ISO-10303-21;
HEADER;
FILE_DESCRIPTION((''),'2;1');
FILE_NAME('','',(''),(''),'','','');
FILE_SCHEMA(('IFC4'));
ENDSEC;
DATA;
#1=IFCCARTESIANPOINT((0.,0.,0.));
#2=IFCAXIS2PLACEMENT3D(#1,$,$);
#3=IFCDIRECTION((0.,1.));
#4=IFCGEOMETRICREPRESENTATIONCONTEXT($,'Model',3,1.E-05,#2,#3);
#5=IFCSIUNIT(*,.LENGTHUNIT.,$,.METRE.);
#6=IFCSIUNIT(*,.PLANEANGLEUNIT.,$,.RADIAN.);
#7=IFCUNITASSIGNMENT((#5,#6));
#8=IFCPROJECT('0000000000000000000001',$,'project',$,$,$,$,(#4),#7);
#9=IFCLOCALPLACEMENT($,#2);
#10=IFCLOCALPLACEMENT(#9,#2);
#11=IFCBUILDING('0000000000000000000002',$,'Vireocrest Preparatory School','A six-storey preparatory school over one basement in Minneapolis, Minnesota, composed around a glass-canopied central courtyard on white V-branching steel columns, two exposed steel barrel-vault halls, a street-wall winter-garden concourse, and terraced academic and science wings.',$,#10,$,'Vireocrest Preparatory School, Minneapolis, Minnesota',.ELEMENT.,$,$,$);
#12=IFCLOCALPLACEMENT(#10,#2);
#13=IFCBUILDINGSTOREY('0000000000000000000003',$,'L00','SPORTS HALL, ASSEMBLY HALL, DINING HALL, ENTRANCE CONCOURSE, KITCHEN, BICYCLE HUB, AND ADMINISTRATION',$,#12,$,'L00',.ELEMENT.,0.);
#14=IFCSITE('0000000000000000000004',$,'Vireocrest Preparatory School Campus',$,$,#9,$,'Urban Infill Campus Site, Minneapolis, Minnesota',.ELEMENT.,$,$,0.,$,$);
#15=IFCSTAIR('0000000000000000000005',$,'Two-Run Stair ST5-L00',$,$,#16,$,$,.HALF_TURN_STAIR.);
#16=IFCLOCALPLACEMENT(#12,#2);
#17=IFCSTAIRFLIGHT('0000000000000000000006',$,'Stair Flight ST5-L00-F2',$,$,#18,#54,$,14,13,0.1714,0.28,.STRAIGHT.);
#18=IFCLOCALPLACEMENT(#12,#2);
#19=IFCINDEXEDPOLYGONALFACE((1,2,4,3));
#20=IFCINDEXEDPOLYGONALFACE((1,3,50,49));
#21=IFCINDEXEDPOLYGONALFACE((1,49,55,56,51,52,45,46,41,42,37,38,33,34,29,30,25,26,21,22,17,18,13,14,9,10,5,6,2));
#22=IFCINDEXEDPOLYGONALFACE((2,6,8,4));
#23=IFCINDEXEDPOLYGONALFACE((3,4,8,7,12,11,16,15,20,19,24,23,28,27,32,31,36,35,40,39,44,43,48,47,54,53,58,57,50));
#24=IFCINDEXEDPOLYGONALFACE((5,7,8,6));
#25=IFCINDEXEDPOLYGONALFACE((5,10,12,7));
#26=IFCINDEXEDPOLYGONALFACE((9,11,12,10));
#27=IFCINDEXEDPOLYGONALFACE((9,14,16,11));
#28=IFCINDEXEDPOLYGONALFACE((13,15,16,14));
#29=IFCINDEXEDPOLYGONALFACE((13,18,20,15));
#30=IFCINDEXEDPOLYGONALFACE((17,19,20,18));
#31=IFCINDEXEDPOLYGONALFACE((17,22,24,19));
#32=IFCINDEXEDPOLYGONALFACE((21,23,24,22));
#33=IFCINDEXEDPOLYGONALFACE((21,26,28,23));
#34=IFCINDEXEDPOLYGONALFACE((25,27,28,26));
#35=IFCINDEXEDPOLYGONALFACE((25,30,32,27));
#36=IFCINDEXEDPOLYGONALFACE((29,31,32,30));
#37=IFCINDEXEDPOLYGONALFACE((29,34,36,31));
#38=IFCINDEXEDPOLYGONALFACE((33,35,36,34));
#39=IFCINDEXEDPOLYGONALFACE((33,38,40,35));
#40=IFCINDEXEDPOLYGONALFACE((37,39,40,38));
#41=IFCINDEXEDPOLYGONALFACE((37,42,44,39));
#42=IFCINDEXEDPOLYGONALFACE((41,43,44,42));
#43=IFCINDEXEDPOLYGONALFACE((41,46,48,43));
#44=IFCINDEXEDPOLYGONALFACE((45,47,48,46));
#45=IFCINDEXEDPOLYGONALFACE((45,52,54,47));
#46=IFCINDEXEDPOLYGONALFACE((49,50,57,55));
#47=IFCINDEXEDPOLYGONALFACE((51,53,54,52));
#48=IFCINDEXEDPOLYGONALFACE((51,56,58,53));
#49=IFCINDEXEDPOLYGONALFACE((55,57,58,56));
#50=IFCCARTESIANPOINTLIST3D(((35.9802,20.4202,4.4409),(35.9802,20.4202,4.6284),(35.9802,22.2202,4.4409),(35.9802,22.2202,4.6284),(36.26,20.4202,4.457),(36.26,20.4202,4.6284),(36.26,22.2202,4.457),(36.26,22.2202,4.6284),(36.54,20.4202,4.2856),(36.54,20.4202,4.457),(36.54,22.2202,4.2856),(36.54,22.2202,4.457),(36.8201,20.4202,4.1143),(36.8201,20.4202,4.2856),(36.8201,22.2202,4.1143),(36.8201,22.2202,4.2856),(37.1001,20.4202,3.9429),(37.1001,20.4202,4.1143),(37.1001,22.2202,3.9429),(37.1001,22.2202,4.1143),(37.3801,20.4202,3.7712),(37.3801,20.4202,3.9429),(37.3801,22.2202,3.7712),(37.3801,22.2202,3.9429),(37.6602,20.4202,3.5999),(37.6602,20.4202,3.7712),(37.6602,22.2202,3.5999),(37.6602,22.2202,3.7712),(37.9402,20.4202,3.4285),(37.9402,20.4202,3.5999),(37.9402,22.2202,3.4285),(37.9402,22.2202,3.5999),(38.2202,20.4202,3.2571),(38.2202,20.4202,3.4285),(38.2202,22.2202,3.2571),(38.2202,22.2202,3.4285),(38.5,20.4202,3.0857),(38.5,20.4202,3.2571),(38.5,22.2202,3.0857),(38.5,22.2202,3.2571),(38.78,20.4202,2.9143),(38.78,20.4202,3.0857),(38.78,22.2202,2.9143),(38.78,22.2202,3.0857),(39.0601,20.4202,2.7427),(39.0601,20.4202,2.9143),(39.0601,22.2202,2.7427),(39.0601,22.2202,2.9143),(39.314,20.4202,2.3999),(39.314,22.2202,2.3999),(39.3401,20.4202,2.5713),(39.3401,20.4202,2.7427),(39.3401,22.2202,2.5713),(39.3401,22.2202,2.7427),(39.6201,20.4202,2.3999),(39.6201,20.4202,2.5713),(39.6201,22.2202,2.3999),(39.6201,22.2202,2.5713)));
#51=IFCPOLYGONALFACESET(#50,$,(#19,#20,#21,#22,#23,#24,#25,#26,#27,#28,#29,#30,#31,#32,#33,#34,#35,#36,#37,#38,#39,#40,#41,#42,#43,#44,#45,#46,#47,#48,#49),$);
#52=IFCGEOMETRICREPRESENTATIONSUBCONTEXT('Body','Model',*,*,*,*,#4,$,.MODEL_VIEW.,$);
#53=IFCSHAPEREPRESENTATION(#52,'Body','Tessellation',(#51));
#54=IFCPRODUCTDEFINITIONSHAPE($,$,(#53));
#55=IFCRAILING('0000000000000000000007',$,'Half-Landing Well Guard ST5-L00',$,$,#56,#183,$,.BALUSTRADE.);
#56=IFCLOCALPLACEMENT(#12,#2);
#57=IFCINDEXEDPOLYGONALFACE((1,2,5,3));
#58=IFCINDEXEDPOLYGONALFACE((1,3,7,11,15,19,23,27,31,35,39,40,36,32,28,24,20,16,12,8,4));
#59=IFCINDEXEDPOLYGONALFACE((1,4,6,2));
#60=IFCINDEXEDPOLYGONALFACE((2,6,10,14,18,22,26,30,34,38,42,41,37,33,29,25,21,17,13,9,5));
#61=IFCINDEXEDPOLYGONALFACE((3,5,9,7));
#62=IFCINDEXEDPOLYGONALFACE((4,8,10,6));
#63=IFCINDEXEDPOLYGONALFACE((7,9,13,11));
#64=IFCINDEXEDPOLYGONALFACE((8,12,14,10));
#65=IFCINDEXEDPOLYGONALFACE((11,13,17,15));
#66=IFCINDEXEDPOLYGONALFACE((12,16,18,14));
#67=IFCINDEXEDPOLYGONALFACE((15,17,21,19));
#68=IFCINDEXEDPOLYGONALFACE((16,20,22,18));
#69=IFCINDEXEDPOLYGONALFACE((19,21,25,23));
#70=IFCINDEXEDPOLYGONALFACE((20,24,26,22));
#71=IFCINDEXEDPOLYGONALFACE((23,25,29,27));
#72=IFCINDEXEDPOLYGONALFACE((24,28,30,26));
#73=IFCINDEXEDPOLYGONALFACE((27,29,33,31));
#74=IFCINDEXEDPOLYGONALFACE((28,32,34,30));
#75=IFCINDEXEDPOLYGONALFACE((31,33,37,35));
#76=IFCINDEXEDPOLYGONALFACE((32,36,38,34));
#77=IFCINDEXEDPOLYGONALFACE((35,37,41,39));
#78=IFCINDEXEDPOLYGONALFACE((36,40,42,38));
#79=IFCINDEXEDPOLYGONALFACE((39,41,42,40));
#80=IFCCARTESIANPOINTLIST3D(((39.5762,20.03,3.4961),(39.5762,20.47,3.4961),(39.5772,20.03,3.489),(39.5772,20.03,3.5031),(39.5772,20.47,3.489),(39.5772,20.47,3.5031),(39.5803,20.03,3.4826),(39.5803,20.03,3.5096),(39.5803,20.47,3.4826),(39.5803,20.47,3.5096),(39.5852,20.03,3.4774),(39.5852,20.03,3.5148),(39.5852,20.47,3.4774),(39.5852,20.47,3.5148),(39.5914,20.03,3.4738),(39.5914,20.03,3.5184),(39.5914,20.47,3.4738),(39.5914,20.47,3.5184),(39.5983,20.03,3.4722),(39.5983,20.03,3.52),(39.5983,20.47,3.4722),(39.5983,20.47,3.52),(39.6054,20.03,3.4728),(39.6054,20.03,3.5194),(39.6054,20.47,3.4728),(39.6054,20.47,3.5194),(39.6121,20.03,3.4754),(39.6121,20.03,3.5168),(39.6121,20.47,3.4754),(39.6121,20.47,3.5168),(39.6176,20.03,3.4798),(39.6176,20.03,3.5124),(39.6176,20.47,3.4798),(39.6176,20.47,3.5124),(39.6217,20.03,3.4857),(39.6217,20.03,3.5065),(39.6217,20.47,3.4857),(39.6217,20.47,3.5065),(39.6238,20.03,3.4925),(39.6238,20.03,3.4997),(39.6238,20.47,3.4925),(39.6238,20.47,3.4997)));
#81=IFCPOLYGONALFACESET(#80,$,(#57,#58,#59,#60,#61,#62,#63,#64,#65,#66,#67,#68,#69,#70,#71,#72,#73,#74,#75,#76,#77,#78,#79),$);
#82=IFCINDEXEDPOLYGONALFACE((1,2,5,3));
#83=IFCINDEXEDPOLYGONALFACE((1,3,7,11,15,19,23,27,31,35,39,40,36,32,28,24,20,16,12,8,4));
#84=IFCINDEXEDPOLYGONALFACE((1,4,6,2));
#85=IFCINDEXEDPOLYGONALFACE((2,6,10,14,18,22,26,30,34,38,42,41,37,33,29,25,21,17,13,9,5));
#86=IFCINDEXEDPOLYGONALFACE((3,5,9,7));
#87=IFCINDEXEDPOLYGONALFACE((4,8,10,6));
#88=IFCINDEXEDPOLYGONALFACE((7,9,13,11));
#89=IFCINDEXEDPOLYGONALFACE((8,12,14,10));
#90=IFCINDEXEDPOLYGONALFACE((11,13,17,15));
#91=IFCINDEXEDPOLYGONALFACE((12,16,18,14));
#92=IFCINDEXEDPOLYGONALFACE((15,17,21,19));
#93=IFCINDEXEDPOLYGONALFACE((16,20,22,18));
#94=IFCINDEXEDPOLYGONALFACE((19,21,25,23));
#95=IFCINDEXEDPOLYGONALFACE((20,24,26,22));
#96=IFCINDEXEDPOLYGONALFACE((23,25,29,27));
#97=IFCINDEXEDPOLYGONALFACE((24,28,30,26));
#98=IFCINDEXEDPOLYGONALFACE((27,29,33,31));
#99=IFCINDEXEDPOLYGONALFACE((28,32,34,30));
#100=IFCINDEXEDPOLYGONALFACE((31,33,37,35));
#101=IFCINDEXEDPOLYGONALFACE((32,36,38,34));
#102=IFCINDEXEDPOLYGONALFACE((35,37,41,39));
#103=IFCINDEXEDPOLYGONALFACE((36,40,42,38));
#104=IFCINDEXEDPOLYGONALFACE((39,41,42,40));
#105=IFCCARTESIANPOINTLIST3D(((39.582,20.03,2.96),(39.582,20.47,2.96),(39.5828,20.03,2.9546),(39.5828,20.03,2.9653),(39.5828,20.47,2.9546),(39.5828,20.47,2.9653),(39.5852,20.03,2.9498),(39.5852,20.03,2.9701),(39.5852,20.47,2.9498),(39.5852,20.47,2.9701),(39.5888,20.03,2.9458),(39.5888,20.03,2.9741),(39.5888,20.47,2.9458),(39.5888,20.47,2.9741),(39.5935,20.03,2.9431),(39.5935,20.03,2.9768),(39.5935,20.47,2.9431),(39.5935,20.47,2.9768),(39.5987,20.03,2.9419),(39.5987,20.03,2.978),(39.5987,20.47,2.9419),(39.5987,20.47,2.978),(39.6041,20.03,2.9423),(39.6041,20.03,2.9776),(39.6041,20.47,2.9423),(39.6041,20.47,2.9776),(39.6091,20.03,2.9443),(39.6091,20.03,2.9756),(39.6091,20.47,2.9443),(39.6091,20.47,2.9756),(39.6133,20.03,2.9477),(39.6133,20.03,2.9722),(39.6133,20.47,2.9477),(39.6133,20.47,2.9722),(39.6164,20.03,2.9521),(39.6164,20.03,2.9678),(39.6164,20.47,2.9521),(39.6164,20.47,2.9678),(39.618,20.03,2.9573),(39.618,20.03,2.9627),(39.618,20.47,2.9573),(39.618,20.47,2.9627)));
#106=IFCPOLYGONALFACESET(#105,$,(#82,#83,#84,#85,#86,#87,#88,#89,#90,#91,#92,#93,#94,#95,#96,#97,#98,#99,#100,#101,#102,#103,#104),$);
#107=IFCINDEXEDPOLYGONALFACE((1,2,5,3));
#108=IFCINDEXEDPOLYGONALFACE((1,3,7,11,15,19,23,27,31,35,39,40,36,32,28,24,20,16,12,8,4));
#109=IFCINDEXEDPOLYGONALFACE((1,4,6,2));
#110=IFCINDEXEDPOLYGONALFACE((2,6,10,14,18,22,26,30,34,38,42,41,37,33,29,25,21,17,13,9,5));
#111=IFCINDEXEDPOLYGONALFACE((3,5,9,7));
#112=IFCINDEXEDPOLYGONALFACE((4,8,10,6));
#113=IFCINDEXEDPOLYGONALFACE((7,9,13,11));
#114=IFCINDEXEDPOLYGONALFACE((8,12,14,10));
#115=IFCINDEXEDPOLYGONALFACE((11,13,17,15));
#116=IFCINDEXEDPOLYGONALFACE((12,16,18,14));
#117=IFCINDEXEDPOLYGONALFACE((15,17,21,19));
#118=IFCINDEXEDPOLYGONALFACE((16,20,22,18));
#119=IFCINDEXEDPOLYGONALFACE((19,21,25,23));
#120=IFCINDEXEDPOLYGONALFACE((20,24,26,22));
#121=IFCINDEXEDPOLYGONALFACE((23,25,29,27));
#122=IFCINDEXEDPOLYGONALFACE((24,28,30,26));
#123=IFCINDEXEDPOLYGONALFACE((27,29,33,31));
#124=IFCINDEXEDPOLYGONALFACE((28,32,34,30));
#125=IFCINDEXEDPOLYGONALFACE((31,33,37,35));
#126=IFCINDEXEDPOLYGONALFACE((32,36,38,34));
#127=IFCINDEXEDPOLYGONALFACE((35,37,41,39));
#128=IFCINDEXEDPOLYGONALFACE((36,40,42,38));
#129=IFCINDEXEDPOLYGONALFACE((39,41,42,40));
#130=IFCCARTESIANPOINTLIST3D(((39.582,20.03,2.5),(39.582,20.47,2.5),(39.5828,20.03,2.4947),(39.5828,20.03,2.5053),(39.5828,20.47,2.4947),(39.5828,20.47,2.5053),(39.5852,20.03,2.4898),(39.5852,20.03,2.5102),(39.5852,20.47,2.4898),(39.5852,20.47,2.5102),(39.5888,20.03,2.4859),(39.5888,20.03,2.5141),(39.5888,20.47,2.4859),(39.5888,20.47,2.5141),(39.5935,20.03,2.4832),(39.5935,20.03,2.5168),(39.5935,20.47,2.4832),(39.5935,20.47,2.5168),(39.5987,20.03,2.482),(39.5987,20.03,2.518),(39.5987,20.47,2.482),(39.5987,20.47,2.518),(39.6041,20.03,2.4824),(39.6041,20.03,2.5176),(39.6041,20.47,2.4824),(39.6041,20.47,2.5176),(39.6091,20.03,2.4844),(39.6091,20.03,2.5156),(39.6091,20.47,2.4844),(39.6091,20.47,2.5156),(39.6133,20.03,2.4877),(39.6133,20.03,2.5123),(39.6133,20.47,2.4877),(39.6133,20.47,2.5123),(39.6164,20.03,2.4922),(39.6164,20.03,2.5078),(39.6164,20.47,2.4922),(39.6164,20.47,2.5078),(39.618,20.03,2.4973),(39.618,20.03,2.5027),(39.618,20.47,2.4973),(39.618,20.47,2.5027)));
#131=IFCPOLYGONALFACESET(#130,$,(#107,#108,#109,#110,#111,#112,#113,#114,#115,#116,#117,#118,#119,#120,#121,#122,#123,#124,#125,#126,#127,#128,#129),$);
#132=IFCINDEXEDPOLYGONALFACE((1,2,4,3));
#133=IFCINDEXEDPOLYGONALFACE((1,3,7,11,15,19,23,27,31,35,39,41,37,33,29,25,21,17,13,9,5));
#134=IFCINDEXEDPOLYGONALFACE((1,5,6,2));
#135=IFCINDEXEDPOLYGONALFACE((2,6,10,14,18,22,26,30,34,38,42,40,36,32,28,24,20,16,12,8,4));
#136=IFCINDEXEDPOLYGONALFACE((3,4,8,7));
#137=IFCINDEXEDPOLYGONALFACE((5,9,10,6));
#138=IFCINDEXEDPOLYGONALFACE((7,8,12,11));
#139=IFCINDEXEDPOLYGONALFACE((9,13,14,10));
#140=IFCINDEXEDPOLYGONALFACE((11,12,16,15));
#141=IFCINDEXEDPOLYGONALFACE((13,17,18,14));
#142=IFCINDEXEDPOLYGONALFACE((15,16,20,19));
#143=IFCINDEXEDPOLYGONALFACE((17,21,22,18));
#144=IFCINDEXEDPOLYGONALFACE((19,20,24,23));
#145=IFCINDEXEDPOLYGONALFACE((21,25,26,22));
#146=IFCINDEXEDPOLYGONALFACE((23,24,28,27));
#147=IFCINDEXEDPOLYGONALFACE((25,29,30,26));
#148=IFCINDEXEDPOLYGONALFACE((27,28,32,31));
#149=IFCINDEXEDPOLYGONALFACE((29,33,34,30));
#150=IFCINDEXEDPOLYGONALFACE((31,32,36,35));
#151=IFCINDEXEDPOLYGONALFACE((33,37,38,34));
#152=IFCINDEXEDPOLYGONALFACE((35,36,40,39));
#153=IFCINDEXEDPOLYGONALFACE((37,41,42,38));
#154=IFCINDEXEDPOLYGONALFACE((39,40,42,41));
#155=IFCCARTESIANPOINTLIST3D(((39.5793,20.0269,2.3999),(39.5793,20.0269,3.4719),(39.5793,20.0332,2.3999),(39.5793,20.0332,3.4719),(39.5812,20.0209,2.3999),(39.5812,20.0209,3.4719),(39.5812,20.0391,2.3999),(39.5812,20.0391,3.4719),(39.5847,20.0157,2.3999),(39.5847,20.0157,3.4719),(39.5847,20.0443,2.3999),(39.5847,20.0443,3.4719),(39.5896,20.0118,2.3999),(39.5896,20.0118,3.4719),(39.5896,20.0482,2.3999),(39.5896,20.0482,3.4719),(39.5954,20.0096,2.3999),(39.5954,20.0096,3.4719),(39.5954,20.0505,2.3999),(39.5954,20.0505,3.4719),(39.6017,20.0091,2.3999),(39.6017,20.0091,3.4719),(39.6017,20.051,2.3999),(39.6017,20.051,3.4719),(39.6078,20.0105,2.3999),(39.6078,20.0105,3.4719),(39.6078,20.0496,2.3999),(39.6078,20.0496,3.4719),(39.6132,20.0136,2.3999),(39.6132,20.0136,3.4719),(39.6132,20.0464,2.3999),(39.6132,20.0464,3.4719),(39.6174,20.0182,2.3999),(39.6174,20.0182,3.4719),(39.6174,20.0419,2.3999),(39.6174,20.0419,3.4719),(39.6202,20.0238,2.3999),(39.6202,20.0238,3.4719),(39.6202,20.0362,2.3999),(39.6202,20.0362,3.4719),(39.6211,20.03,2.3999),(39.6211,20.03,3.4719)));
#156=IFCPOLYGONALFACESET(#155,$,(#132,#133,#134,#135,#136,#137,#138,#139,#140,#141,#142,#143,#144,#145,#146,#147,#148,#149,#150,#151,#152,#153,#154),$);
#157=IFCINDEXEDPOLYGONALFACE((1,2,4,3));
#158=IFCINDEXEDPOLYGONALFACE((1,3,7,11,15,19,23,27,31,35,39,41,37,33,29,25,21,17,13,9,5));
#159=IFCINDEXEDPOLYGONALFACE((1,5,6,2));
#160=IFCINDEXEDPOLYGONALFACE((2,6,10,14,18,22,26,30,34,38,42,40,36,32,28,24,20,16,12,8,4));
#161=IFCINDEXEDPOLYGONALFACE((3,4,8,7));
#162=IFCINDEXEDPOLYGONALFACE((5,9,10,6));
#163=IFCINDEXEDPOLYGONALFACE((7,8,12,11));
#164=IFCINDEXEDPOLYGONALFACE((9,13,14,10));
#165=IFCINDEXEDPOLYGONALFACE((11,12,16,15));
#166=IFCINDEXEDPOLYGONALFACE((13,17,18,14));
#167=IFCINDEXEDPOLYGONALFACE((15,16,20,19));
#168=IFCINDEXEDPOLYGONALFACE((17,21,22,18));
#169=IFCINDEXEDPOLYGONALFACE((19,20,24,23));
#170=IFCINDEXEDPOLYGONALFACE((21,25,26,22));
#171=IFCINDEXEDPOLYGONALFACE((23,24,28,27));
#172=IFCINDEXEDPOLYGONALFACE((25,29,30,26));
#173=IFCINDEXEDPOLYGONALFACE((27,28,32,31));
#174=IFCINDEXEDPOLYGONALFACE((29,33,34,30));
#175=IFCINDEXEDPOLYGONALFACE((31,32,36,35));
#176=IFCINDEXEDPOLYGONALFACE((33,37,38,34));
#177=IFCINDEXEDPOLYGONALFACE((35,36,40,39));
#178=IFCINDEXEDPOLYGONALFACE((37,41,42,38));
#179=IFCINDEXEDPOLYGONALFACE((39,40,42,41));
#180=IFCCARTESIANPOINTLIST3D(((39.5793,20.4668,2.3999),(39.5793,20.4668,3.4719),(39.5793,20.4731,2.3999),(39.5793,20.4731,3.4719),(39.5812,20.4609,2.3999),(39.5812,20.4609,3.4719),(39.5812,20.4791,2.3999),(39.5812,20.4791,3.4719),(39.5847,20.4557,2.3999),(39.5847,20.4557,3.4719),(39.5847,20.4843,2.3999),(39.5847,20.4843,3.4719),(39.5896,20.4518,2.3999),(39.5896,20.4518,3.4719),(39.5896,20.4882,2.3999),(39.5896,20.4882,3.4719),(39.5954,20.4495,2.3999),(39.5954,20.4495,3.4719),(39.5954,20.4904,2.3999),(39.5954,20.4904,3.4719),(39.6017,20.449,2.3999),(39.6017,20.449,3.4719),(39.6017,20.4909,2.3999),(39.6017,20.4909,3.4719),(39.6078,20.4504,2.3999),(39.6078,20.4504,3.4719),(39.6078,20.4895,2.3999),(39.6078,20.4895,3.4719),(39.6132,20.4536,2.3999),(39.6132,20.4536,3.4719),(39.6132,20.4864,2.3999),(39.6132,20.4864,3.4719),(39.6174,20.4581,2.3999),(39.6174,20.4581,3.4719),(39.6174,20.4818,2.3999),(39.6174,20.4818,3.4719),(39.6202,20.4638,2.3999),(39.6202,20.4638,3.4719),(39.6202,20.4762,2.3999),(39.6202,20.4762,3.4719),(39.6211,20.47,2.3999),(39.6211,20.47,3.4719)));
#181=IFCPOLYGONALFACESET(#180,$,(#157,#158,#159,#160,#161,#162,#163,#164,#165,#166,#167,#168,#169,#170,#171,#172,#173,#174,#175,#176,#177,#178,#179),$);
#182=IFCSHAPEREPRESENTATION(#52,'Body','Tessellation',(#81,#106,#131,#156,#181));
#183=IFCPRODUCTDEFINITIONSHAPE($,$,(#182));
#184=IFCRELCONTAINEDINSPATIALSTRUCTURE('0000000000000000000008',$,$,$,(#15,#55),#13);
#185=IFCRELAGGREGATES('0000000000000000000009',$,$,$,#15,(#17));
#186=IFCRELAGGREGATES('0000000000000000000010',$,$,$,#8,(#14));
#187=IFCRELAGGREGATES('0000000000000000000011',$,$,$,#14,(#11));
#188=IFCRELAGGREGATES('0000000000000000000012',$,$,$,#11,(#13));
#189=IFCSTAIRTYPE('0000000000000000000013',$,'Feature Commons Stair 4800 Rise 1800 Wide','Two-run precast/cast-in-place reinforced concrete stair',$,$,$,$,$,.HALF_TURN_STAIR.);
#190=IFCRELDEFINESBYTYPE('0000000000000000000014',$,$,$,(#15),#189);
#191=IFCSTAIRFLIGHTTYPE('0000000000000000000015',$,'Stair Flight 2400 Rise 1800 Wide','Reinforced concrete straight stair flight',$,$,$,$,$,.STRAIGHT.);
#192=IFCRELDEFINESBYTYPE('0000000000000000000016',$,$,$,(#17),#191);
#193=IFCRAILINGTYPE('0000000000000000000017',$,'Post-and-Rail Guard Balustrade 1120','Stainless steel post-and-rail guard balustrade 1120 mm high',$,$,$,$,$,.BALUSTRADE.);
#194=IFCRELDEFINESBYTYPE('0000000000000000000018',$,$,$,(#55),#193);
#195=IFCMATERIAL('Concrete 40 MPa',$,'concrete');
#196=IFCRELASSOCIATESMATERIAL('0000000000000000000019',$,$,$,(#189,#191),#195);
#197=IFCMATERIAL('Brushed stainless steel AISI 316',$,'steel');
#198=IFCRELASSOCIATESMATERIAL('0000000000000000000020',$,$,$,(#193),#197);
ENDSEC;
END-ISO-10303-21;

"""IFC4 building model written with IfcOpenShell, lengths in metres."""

from ifc_helpers import new_model, si_unit, direction, frame, origin, origin_2d, place, context, subcontext, project, spatial, polyline, circle, outline, extrude, material, type_object, element, aggregate, save


model = new_model("IFC4")

# Units and contexts
model_context = context("Model", 3, precision=1e-05, world=origin(), true_north=direction((0.0, 1.0)))
body_context = subcontext(model_context, "Body", "Model", "MODEL_VIEW")
ifc_project = project(units=[si_unit("LENGTHUNIT", "METRE"), si_unit("PLANEANGLEUNIT", "RADIAN")], contexts=[model_context])

# Site, building, storey
site_placement = place(None, origin())
site = spatial("IfcSite", under=ifc_project, at=site_placement, Name="Vireocrest Preparatory School Campus", LongName="Urban Infill Campus Site, Minneapolis, Minnesota", CompositionType="ELEMENT", RefElevation=0.0)
building_placement = place(site_placement, origin())
building = spatial("IfcBuilding", under=site, at=building_placement, Name="Vireocrest Preparatory School", Description="A six-storey preparatory school over one basement in Minneapolis, Minnesota, composed around a glass-canopied central courtyard on white V-branching steel columns, two exposed steel barrel-vault halls, a street-wall winter-garden concourse, and terraced academic and science wings.", LongName="Vireocrest Preparatory School, Minneapolis, Minnesota", CompositionType="ELEMENT")
storey_placement = place(building_placement, origin())
storey = spatial("IfcBuildingStorey", under=building, at=storey_placement, Name="L00", Description="SPORTS HALL, ASSEMBLY HALL, DINING HALL, ENTRANCE CONCOURSE, KITCHEN, BICYCLE HUB, AND ADMINISTRATION", LongName="L00", CompositionType="ELEMENT", Elevation=0.0)

# Shared definitions
ifc_material_1 = material(Name="Concrete 40 MPa", Category="concrete")

# Stair, stair flight
stair_type = type_object("IfcStairType", Name="Feature Commons Stair 4800 Rise 1800 Wide", Description="Two-run precast/cast-in-place reinforced concrete stair", PredefinedType="HALF_TURN_STAIR", material=ifc_material_1)
stair_placement = place(storey_placement, origin())
stair = element("IfcStair", 1, at=stair_placement, inside=storey, type_object=stair_type, Name="Two-Run Stair ST5-L00", PredefinedType="HALF_TURN_STAIR")
stair_flight_type = type_object("IfcStairFlightType", Name="Stair Flight 2400 Rise 1800 Wide", Description="Reinforced concrete straight stair flight", PredefinedType="STRAIGHT", material=ifc_material_1)
stair_flight_placement = place(storey_placement, frame((39.6201, 21.3201, 2.3999), z_axis=(0.0, 0.0, 1.0), x_axis=(-1.0, 0.0, 0.0)))
stair_flight = element("IfcStairFlight", 2, at=stair_flight_placement, type_object=stair_flight_type, Name="Stair Flight ST5-L00-F2", NumberOfRisers=14, NumberOfTreads=13, PredefinedType="STRAIGHT", RiserHeight=0.1714, TreadLength=0.28, context=body_context, shape_type="SweptSolid", body=[
    extrude(outline(polyline([(0.0, 0.0), (0.0, 0.1714), (0.28, 0.1714), (0.28, 0.3428), (0.5601, 0.3428), (0.5601, 0.5144), (0.8401, 0.5144), (0.8401, 0.6858), (1.1201, 0.6858), (1.1201, 0.8572), (1.3999, 0.8572), (1.3999, 1.0286), (1.6799, 1.0286), (1.6799, 1.2), (1.96, 1.2), (1.96, 1.3713), (2.24, 1.3713), (2.24, 1.543), (2.52, 1.543), (2.52, 1.7144), (2.8, 1.7144), (2.8, 1.8857), (3.0801, 1.8857), (3.0801, 2.0571), (3.3601, 2.0571), (3.3601, 2.2285), (3.6399, 2.2285), (3.6399, 2.3999), (3.6399, 2.041), (0.3062, 0.0), (0.0, 0.0)])), frame((0.0, 0.8999, 0.0), z_axis=(0.0, -1.0, 0.0), x_axis=(1.0, 0.0, 0.0)), (0.0, 0.0, 1.0), 1.8),
])
aggregate(stair, [stair_flight])

# Railing
ifc_material_2 = material(Name="Brushed stainless steel AISI 316", Category="steel")
railing_type_1 = type_object("IfcRailingType", Name="Post-and-Rail Guard Balustrade 1120", Description="Stainless steel post-and-rail guard balustrade 1120 mm high", PredefinedType="BALUSTRADE", material=ifc_material_2)
railing_1_placement = place(storey_placement, frame((39.6001, 20.03, 2.3999)))
element("IfcRailing", 3, at=railing_1_placement, inside=storey, type_object=railing_type_1, Name="Half-Landing Well Guard ST5-L00", PredefinedType="BALUSTRADE", context=body_context, shape_type="SweptSolid", body=[
    extrude(circle(Radius=0.0239, at=origin_2d()), frame((0.0, 0.0, 1.0962), z_axis=(0.0, 1.0, 0.0), x_axis=(-1.0, 0.0, 0.0)), (0.0, 0.0, 1.0), 0.4399),
    extrude(circle(Radius=0.0181, at=origin_2d()), frame((0.0, 0.0, 0.5601), z_axis=(0.0, 1.0, 0.0), x_axis=(-1.0, 0.0, 0.0)), (0.0, 0.0, 1.0), 0.4399),
    extrude(circle(Radius=0.0181, at=origin_2d()), frame((0.0, 0.0, 0.1001), z_axis=(0.0, 1.0, 0.0), x_axis=(-1.0, 0.0, 0.0)), (0.0, 0.0, 1.0), 0.4399),
    extrude(circle(Radius=0.021, at=origin_2d()), origin(), (0.0, 0.0, 1.0), 1.072),
    extrude(circle(Radius=0.021, at=origin_2d()), frame((0.0, 0.4399, 0.0)), (0.0, 0.0, 1.0), 1.072),
])

save(model, "model.ifc")
